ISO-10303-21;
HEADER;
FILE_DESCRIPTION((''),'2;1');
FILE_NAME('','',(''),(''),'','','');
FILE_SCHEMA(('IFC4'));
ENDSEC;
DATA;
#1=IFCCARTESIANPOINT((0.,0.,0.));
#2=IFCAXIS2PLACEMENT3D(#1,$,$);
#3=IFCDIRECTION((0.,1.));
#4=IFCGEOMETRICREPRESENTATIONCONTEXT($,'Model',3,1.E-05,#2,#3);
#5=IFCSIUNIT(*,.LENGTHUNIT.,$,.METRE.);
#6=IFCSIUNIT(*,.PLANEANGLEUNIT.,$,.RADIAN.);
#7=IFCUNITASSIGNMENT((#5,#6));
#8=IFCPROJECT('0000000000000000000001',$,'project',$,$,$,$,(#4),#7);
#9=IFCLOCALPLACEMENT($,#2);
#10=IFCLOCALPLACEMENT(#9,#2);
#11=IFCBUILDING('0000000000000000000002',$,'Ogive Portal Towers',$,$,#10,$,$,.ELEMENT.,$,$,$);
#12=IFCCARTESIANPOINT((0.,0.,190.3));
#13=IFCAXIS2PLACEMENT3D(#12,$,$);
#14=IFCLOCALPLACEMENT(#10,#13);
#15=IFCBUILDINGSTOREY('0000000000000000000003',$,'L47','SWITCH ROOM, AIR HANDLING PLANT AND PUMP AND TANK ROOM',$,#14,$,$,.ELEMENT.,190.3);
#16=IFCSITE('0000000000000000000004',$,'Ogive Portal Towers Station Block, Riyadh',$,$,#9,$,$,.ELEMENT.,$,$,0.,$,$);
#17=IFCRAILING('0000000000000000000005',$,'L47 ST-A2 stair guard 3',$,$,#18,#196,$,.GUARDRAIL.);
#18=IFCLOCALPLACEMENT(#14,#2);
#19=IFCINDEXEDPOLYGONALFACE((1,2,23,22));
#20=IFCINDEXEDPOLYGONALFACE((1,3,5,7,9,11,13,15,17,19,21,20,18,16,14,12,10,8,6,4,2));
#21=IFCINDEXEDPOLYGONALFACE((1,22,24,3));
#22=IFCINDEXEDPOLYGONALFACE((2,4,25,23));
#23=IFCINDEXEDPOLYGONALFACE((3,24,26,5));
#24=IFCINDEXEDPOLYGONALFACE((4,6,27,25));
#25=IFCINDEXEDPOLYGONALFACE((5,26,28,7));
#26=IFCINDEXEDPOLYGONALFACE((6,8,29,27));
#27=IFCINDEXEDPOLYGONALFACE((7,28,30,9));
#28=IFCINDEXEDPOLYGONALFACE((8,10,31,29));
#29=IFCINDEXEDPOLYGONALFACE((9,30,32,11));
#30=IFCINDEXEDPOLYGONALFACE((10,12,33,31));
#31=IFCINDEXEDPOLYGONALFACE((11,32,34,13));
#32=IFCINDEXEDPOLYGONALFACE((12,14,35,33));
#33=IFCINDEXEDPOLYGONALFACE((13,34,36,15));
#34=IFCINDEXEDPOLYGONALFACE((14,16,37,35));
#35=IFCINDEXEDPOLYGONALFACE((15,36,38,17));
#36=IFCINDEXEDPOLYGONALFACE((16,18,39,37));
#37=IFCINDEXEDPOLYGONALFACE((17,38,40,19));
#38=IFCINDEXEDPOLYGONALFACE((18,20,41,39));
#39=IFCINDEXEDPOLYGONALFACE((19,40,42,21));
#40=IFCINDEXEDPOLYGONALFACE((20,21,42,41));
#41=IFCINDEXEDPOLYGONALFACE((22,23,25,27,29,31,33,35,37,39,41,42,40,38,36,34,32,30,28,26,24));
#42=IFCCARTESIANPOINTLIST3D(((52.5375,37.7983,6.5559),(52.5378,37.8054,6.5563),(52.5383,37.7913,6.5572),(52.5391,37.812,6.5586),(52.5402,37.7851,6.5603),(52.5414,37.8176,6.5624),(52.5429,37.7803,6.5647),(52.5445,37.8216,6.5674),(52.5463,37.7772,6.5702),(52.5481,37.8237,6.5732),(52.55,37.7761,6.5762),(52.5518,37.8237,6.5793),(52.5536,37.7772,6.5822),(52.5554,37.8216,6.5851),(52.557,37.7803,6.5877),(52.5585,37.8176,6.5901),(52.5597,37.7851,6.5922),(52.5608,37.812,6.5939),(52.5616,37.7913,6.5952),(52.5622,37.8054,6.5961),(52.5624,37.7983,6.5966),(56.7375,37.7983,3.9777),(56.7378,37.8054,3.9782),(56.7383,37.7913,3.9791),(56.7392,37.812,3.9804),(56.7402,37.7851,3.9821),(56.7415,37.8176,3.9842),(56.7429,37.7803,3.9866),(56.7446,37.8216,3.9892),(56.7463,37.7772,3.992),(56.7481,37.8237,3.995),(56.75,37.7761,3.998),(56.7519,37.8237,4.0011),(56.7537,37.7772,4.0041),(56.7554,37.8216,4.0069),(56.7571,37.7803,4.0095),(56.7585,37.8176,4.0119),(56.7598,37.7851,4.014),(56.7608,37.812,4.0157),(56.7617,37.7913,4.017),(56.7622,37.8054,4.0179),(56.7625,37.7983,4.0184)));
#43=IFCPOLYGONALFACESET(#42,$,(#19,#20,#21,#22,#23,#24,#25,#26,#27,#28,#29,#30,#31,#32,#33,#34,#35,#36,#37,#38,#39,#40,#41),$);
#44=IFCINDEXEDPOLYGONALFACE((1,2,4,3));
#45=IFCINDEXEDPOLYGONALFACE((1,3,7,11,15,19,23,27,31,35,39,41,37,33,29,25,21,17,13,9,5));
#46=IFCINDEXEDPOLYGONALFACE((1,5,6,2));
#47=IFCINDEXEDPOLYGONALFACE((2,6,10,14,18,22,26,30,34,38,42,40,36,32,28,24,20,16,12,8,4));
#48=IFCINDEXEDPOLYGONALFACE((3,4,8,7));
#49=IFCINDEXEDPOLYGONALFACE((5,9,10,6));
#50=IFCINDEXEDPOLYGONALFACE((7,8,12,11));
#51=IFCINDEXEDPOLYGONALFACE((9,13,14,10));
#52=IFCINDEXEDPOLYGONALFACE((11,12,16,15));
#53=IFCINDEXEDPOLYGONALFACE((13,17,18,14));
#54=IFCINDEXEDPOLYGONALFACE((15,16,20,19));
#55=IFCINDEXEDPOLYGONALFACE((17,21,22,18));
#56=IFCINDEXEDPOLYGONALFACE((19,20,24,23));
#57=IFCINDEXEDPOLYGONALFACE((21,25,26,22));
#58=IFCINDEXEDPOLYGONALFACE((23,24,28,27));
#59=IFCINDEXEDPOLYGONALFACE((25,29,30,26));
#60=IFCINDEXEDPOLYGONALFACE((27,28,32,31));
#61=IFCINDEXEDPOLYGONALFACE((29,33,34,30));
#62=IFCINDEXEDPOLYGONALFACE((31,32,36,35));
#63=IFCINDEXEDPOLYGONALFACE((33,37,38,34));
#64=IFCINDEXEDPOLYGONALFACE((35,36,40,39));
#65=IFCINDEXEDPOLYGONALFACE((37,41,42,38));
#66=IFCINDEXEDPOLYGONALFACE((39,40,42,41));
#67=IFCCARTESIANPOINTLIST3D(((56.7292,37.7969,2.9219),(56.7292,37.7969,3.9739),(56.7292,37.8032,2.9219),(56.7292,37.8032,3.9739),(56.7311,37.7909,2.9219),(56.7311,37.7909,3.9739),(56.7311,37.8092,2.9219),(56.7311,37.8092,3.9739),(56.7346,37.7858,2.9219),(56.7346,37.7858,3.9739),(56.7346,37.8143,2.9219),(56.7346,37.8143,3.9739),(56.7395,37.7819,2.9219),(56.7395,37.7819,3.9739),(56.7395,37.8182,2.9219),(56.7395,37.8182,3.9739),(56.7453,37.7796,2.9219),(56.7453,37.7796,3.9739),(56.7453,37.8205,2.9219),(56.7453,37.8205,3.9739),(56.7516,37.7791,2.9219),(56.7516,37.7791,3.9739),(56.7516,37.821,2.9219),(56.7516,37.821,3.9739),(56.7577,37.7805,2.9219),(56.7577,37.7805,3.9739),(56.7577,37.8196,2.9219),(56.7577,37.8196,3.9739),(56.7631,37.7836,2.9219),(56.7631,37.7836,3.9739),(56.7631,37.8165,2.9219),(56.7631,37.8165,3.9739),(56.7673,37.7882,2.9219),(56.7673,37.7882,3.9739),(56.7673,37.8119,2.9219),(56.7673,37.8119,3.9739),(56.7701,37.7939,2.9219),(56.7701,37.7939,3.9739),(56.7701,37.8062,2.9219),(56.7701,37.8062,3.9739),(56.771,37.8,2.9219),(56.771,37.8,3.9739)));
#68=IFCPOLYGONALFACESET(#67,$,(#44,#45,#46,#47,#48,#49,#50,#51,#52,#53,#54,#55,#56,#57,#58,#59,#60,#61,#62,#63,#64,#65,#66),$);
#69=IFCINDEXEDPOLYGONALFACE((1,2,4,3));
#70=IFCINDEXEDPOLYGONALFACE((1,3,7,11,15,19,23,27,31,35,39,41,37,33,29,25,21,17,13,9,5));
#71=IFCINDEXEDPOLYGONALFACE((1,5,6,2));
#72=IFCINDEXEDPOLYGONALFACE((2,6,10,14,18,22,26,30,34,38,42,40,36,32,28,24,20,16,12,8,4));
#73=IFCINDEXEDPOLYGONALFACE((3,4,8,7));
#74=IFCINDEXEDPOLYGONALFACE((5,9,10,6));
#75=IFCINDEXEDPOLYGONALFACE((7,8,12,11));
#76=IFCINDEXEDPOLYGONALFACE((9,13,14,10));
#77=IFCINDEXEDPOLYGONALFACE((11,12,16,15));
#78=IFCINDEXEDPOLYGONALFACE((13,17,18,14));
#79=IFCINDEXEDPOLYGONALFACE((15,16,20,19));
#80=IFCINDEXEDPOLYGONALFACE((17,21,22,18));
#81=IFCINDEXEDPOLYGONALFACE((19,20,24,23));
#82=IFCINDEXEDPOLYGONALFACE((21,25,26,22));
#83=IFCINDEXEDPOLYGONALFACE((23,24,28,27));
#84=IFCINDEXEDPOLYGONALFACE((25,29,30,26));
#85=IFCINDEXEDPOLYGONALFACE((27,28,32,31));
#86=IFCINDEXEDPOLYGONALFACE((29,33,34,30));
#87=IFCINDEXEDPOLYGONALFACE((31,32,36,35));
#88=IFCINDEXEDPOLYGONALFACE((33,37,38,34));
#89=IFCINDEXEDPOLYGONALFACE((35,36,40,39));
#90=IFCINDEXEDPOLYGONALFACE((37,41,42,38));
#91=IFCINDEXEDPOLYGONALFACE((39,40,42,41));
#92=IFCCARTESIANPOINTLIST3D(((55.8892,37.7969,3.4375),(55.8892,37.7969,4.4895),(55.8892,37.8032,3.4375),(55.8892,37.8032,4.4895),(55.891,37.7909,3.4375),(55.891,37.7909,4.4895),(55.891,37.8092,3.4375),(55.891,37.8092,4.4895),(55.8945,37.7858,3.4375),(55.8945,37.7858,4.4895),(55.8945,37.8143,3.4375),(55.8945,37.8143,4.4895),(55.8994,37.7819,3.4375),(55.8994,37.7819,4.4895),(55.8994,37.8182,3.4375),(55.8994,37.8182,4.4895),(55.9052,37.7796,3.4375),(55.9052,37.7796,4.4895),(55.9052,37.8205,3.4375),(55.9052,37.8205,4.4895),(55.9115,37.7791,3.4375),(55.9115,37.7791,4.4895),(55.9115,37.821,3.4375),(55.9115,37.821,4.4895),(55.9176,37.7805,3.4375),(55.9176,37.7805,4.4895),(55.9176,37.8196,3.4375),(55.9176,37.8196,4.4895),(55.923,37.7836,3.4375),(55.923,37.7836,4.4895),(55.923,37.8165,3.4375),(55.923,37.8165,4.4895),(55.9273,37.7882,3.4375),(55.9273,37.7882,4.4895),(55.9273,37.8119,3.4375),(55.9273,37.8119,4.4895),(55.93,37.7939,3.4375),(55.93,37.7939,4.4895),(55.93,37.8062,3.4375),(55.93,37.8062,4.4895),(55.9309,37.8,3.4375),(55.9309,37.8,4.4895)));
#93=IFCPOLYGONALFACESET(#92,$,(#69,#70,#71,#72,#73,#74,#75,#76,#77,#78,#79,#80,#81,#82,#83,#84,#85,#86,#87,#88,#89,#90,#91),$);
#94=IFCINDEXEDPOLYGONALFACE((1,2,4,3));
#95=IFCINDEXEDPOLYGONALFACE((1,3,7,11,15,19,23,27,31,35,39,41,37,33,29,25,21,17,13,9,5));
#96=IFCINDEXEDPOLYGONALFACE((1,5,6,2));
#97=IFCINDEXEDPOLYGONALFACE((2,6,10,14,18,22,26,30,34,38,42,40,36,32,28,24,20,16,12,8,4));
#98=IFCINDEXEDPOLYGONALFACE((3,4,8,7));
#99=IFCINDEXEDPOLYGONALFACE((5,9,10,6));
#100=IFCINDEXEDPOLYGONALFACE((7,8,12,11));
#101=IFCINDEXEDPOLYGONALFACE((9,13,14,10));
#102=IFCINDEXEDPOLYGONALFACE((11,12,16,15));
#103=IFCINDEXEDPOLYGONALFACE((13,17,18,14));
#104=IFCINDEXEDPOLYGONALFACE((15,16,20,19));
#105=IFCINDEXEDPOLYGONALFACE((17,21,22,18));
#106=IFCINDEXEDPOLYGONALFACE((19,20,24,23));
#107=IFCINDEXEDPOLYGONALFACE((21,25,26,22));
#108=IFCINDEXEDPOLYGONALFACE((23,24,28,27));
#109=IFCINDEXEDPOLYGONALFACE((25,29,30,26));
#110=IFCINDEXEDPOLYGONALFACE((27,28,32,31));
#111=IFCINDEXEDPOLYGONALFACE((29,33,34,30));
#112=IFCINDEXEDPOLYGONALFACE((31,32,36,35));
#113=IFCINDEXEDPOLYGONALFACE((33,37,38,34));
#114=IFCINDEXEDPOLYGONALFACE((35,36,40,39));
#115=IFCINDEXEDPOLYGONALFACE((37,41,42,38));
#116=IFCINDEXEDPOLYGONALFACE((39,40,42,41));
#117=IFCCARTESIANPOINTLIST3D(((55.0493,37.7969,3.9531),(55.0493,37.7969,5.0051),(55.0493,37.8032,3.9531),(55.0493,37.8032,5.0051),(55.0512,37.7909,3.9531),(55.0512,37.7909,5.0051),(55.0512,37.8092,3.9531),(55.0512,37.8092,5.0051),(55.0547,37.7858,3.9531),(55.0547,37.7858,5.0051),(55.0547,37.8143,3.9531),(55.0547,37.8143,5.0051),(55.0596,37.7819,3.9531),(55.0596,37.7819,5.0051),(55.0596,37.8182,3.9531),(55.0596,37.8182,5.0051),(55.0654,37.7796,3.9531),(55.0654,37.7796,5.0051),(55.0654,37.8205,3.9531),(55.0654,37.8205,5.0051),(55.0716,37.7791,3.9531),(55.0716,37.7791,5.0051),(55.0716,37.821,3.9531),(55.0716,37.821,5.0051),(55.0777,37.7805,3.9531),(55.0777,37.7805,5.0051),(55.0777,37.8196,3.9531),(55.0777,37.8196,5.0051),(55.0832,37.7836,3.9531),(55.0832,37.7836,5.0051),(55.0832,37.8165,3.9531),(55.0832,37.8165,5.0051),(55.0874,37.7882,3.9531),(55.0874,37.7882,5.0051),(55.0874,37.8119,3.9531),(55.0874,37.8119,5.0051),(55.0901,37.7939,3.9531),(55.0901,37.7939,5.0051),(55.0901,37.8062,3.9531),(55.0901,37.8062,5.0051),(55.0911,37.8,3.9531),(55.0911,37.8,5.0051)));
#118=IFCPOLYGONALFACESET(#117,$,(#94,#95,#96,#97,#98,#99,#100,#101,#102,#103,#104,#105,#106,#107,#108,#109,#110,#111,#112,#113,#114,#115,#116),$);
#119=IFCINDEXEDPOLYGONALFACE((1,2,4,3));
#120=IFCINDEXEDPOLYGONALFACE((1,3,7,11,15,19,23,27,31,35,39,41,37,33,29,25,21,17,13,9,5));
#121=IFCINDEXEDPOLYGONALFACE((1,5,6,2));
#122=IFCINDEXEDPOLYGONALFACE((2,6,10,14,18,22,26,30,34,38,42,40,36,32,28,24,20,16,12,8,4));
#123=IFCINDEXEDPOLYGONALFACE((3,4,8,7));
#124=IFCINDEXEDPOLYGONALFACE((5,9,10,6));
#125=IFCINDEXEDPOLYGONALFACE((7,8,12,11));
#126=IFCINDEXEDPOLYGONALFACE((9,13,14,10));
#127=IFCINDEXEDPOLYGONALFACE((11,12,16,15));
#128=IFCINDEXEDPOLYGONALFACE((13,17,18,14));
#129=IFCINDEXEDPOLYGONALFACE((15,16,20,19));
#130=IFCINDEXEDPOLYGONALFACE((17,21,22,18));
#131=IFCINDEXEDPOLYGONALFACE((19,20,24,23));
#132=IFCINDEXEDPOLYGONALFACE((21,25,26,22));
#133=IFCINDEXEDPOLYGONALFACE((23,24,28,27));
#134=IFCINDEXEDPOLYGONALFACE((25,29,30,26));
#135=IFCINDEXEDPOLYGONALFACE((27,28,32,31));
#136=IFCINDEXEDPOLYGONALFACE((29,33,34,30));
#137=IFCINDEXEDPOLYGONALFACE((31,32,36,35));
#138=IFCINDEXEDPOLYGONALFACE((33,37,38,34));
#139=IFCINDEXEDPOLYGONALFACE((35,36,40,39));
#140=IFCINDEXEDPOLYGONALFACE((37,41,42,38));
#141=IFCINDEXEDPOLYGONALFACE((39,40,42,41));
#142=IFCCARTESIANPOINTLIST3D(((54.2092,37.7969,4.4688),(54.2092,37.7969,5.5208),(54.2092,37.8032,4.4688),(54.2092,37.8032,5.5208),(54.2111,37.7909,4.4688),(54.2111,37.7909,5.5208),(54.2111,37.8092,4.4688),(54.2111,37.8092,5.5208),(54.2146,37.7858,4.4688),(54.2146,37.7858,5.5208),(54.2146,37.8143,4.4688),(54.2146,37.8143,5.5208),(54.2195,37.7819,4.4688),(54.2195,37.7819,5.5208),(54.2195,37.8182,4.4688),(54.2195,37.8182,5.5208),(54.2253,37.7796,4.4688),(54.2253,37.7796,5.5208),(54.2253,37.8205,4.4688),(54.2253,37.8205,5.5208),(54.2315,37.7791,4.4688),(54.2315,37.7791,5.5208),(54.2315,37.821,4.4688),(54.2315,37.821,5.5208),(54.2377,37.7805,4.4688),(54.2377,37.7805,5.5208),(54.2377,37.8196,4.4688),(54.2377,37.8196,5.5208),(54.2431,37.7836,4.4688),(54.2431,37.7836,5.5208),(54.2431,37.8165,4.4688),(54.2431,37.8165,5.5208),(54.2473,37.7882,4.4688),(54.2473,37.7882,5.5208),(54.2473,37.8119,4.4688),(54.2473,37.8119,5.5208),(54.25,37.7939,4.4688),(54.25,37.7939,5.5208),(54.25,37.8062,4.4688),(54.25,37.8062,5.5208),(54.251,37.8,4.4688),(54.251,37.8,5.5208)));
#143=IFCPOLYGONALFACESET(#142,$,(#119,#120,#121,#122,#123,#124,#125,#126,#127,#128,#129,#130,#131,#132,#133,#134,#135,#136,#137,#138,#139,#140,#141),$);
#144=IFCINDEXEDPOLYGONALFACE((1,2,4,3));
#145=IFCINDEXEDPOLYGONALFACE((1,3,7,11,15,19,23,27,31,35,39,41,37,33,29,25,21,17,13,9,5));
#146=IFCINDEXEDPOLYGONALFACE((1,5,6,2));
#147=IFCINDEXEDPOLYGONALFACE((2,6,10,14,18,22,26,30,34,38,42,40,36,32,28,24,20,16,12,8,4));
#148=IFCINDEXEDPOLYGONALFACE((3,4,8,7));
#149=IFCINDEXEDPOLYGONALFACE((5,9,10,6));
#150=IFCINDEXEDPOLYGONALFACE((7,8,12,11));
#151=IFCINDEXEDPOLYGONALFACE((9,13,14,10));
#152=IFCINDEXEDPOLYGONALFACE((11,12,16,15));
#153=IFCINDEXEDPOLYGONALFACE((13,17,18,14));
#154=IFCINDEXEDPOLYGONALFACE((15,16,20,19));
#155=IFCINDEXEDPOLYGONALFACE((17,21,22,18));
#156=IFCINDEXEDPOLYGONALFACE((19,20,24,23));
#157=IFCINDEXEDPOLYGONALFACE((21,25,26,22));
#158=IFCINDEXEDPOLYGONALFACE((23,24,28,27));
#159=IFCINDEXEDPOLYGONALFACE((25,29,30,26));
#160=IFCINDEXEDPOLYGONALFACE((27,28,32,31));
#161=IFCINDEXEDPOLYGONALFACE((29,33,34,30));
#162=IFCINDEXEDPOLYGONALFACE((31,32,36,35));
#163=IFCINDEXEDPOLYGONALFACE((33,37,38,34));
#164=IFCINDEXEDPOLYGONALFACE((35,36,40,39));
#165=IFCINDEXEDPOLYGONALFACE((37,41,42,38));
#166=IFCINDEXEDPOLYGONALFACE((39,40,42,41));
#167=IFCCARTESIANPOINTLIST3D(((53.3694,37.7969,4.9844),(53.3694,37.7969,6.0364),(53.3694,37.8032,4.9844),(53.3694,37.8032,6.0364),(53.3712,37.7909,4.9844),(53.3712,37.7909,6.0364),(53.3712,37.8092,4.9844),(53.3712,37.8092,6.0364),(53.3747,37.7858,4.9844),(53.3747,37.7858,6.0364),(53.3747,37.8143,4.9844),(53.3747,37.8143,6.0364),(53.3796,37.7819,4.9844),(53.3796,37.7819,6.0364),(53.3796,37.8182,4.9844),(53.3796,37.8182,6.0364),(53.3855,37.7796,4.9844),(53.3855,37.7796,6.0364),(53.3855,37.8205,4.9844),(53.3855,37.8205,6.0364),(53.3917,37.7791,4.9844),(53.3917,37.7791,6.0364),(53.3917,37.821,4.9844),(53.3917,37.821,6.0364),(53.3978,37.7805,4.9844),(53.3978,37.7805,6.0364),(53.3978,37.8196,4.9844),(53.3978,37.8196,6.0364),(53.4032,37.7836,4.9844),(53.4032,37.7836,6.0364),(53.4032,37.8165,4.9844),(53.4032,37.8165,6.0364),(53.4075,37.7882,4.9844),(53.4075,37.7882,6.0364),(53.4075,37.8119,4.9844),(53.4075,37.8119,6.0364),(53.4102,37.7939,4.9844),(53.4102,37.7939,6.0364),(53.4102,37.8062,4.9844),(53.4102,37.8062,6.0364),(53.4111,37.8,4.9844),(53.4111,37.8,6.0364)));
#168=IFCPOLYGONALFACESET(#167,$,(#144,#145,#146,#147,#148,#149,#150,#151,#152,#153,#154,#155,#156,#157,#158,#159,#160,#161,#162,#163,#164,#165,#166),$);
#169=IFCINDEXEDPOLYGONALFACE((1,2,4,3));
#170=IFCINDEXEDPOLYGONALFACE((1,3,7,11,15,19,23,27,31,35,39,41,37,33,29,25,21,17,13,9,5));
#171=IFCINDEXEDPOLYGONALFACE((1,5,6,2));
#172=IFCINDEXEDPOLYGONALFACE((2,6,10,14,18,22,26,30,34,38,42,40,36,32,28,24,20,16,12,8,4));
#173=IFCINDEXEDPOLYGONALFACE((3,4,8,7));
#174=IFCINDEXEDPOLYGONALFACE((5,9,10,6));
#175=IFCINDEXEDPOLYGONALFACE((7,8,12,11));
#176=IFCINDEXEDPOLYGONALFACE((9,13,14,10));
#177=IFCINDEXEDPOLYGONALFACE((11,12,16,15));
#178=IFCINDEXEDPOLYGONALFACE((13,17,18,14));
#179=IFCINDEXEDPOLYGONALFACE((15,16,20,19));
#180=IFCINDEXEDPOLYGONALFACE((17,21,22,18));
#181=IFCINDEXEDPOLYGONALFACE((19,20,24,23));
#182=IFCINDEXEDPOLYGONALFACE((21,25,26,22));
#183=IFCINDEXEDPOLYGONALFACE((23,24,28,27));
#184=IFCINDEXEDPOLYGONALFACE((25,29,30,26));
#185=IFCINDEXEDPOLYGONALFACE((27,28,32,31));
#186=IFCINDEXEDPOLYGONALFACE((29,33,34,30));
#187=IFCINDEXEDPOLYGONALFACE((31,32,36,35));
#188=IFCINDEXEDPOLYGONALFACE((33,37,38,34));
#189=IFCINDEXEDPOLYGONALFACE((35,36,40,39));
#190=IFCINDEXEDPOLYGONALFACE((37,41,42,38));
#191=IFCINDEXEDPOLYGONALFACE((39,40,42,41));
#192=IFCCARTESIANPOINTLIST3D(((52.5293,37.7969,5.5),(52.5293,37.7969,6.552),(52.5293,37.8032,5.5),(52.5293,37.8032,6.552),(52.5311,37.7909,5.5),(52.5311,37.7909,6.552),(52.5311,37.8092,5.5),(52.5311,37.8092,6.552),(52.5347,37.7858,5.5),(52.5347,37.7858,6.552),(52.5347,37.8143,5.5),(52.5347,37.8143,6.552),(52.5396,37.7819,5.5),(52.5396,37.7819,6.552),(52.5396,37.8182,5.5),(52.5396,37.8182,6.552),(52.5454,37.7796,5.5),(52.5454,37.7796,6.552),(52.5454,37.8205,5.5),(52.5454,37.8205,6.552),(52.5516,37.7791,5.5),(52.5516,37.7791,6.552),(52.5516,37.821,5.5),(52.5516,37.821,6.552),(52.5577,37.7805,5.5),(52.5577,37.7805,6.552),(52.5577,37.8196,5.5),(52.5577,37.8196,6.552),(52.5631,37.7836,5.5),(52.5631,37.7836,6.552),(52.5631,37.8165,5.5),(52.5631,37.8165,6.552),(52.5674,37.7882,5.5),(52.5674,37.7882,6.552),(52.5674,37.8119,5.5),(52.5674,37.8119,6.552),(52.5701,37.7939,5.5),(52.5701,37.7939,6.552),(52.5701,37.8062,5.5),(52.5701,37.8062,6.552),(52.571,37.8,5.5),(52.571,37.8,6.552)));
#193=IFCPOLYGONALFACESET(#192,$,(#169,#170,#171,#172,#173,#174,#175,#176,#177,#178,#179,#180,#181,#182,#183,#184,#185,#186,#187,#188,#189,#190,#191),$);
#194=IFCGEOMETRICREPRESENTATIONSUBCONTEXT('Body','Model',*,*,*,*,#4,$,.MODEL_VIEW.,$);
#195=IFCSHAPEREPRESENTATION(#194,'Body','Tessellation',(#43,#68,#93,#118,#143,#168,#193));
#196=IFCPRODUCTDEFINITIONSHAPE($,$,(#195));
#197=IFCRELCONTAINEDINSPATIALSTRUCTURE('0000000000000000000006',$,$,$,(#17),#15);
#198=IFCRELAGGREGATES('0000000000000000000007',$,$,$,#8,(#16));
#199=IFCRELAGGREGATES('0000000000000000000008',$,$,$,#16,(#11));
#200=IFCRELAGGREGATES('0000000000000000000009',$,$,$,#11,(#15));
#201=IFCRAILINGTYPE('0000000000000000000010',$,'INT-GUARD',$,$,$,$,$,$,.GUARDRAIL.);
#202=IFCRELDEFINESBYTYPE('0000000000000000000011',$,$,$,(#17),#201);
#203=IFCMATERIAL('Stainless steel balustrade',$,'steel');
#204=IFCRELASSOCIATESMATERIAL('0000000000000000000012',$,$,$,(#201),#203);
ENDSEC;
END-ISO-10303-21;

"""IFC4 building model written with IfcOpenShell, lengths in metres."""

from ifc_helpers import new_model, si_unit, direction, frame, origin, origin_2d, place, context, subcontext, project, spatial, circle, extrude, material, type_object, element, save


model = new_model("IFC4")

# Units and contexts
model_context = context("Model", 3, precision=1e-05, world=origin(), true_north=direction((0.0, 1.0)))
body_context = subcontext(model_context, "Body", "Model", "MODEL_VIEW")
ifc_project = project(units=[si_unit("LENGTHUNIT", "METRE"), si_unit("PLANEANGLEUNIT", "RADIAN")], contexts=[model_context])

# Site, building, storey
site_placement = place(None, origin())
site = spatial("IfcSite", under=ifc_project, at=site_placement, Name="Ogive Portal Towers Station Block, Riyadh", CompositionType="ELEMENT", RefElevation=0.0)
building_placement = place(site_placement, origin())
building = spatial("IfcBuilding", under=site, at=building_placement, Name="Ogive Portal Towers", CompositionType="ELEMENT")
storey_placement = place(building_placement, frame((0.0, 0.0, 190.3)))
storey = spatial("IfcBuildingStorey", under=building, at=storey_placement, Name="L47", Description="SWITCH ROOM, AIR HANDLING PLANT AND PUMP AND TANK ROOM", CompositionType="ELEMENT", Elevation=190.3)

# Railing
ifc_material_1 = material(Name="Stainless steel balustrade", Category="steel")
railing_type_1 = type_object("IfcRailingType", Name="INT-GUARD", PredefinedType="GUARDRAIL", material=ifc_material_1)
railing_1_placement = place(storey_placement, frame((56.75, 37.8, 2.9219)))
element("IfcRailing", 1, at=railing_1_placement, inside=storey, type_object=railing_type_1, Name="L47 ST-A2 stair guard 3", PredefinedType="GUARDRAIL", context=body_context, shape_type="SweptSolid", body=[
    extrude(circle(Radius=0.0239, at=origin_2d()), frame((0.0, 0.0, 1.0762), z_axis=(-0.852243, 0.0, 0.523146), x_axis=(0.0, -1.0, 0.0)), (0.0, 0.0, 1.0), 4.9282),
    extrude(circle(Radius=0.021, at=origin_2d()), origin(), (0.0, 0.0, 1.0), 1.052),
    extrude(circle(Radius=0.021, at=origin_2d()), frame((-0.8401, 0.0, 0.5156)), (0.0, 0.0, 1.0), 1.052),
    extrude(circle(Radius=0.021, at=origin_2d()), frame((-1.6799, 0.0, 1.0312)), (0.0, 0.0, 1.0), 1.052),
    extrude(circle(Radius=0.021, at=origin_2d()), frame((-2.52, 0.0, 1.5469)), (0.0, 0.0, 1.0), 1.052),
    extrude(circle(Radius=0.021, at=origin_2d()), frame((-3.3599, 0.0, 2.0625)), (0.0, 0.0, 1.0), 1.052),
    extrude(circle(Radius=0.021, at=origin_2d()), frame((-4.2, 0.0, 2.5781)), (0.0, 0.0, 1.0), 1.052),
])

save(model, "model.ifc")
